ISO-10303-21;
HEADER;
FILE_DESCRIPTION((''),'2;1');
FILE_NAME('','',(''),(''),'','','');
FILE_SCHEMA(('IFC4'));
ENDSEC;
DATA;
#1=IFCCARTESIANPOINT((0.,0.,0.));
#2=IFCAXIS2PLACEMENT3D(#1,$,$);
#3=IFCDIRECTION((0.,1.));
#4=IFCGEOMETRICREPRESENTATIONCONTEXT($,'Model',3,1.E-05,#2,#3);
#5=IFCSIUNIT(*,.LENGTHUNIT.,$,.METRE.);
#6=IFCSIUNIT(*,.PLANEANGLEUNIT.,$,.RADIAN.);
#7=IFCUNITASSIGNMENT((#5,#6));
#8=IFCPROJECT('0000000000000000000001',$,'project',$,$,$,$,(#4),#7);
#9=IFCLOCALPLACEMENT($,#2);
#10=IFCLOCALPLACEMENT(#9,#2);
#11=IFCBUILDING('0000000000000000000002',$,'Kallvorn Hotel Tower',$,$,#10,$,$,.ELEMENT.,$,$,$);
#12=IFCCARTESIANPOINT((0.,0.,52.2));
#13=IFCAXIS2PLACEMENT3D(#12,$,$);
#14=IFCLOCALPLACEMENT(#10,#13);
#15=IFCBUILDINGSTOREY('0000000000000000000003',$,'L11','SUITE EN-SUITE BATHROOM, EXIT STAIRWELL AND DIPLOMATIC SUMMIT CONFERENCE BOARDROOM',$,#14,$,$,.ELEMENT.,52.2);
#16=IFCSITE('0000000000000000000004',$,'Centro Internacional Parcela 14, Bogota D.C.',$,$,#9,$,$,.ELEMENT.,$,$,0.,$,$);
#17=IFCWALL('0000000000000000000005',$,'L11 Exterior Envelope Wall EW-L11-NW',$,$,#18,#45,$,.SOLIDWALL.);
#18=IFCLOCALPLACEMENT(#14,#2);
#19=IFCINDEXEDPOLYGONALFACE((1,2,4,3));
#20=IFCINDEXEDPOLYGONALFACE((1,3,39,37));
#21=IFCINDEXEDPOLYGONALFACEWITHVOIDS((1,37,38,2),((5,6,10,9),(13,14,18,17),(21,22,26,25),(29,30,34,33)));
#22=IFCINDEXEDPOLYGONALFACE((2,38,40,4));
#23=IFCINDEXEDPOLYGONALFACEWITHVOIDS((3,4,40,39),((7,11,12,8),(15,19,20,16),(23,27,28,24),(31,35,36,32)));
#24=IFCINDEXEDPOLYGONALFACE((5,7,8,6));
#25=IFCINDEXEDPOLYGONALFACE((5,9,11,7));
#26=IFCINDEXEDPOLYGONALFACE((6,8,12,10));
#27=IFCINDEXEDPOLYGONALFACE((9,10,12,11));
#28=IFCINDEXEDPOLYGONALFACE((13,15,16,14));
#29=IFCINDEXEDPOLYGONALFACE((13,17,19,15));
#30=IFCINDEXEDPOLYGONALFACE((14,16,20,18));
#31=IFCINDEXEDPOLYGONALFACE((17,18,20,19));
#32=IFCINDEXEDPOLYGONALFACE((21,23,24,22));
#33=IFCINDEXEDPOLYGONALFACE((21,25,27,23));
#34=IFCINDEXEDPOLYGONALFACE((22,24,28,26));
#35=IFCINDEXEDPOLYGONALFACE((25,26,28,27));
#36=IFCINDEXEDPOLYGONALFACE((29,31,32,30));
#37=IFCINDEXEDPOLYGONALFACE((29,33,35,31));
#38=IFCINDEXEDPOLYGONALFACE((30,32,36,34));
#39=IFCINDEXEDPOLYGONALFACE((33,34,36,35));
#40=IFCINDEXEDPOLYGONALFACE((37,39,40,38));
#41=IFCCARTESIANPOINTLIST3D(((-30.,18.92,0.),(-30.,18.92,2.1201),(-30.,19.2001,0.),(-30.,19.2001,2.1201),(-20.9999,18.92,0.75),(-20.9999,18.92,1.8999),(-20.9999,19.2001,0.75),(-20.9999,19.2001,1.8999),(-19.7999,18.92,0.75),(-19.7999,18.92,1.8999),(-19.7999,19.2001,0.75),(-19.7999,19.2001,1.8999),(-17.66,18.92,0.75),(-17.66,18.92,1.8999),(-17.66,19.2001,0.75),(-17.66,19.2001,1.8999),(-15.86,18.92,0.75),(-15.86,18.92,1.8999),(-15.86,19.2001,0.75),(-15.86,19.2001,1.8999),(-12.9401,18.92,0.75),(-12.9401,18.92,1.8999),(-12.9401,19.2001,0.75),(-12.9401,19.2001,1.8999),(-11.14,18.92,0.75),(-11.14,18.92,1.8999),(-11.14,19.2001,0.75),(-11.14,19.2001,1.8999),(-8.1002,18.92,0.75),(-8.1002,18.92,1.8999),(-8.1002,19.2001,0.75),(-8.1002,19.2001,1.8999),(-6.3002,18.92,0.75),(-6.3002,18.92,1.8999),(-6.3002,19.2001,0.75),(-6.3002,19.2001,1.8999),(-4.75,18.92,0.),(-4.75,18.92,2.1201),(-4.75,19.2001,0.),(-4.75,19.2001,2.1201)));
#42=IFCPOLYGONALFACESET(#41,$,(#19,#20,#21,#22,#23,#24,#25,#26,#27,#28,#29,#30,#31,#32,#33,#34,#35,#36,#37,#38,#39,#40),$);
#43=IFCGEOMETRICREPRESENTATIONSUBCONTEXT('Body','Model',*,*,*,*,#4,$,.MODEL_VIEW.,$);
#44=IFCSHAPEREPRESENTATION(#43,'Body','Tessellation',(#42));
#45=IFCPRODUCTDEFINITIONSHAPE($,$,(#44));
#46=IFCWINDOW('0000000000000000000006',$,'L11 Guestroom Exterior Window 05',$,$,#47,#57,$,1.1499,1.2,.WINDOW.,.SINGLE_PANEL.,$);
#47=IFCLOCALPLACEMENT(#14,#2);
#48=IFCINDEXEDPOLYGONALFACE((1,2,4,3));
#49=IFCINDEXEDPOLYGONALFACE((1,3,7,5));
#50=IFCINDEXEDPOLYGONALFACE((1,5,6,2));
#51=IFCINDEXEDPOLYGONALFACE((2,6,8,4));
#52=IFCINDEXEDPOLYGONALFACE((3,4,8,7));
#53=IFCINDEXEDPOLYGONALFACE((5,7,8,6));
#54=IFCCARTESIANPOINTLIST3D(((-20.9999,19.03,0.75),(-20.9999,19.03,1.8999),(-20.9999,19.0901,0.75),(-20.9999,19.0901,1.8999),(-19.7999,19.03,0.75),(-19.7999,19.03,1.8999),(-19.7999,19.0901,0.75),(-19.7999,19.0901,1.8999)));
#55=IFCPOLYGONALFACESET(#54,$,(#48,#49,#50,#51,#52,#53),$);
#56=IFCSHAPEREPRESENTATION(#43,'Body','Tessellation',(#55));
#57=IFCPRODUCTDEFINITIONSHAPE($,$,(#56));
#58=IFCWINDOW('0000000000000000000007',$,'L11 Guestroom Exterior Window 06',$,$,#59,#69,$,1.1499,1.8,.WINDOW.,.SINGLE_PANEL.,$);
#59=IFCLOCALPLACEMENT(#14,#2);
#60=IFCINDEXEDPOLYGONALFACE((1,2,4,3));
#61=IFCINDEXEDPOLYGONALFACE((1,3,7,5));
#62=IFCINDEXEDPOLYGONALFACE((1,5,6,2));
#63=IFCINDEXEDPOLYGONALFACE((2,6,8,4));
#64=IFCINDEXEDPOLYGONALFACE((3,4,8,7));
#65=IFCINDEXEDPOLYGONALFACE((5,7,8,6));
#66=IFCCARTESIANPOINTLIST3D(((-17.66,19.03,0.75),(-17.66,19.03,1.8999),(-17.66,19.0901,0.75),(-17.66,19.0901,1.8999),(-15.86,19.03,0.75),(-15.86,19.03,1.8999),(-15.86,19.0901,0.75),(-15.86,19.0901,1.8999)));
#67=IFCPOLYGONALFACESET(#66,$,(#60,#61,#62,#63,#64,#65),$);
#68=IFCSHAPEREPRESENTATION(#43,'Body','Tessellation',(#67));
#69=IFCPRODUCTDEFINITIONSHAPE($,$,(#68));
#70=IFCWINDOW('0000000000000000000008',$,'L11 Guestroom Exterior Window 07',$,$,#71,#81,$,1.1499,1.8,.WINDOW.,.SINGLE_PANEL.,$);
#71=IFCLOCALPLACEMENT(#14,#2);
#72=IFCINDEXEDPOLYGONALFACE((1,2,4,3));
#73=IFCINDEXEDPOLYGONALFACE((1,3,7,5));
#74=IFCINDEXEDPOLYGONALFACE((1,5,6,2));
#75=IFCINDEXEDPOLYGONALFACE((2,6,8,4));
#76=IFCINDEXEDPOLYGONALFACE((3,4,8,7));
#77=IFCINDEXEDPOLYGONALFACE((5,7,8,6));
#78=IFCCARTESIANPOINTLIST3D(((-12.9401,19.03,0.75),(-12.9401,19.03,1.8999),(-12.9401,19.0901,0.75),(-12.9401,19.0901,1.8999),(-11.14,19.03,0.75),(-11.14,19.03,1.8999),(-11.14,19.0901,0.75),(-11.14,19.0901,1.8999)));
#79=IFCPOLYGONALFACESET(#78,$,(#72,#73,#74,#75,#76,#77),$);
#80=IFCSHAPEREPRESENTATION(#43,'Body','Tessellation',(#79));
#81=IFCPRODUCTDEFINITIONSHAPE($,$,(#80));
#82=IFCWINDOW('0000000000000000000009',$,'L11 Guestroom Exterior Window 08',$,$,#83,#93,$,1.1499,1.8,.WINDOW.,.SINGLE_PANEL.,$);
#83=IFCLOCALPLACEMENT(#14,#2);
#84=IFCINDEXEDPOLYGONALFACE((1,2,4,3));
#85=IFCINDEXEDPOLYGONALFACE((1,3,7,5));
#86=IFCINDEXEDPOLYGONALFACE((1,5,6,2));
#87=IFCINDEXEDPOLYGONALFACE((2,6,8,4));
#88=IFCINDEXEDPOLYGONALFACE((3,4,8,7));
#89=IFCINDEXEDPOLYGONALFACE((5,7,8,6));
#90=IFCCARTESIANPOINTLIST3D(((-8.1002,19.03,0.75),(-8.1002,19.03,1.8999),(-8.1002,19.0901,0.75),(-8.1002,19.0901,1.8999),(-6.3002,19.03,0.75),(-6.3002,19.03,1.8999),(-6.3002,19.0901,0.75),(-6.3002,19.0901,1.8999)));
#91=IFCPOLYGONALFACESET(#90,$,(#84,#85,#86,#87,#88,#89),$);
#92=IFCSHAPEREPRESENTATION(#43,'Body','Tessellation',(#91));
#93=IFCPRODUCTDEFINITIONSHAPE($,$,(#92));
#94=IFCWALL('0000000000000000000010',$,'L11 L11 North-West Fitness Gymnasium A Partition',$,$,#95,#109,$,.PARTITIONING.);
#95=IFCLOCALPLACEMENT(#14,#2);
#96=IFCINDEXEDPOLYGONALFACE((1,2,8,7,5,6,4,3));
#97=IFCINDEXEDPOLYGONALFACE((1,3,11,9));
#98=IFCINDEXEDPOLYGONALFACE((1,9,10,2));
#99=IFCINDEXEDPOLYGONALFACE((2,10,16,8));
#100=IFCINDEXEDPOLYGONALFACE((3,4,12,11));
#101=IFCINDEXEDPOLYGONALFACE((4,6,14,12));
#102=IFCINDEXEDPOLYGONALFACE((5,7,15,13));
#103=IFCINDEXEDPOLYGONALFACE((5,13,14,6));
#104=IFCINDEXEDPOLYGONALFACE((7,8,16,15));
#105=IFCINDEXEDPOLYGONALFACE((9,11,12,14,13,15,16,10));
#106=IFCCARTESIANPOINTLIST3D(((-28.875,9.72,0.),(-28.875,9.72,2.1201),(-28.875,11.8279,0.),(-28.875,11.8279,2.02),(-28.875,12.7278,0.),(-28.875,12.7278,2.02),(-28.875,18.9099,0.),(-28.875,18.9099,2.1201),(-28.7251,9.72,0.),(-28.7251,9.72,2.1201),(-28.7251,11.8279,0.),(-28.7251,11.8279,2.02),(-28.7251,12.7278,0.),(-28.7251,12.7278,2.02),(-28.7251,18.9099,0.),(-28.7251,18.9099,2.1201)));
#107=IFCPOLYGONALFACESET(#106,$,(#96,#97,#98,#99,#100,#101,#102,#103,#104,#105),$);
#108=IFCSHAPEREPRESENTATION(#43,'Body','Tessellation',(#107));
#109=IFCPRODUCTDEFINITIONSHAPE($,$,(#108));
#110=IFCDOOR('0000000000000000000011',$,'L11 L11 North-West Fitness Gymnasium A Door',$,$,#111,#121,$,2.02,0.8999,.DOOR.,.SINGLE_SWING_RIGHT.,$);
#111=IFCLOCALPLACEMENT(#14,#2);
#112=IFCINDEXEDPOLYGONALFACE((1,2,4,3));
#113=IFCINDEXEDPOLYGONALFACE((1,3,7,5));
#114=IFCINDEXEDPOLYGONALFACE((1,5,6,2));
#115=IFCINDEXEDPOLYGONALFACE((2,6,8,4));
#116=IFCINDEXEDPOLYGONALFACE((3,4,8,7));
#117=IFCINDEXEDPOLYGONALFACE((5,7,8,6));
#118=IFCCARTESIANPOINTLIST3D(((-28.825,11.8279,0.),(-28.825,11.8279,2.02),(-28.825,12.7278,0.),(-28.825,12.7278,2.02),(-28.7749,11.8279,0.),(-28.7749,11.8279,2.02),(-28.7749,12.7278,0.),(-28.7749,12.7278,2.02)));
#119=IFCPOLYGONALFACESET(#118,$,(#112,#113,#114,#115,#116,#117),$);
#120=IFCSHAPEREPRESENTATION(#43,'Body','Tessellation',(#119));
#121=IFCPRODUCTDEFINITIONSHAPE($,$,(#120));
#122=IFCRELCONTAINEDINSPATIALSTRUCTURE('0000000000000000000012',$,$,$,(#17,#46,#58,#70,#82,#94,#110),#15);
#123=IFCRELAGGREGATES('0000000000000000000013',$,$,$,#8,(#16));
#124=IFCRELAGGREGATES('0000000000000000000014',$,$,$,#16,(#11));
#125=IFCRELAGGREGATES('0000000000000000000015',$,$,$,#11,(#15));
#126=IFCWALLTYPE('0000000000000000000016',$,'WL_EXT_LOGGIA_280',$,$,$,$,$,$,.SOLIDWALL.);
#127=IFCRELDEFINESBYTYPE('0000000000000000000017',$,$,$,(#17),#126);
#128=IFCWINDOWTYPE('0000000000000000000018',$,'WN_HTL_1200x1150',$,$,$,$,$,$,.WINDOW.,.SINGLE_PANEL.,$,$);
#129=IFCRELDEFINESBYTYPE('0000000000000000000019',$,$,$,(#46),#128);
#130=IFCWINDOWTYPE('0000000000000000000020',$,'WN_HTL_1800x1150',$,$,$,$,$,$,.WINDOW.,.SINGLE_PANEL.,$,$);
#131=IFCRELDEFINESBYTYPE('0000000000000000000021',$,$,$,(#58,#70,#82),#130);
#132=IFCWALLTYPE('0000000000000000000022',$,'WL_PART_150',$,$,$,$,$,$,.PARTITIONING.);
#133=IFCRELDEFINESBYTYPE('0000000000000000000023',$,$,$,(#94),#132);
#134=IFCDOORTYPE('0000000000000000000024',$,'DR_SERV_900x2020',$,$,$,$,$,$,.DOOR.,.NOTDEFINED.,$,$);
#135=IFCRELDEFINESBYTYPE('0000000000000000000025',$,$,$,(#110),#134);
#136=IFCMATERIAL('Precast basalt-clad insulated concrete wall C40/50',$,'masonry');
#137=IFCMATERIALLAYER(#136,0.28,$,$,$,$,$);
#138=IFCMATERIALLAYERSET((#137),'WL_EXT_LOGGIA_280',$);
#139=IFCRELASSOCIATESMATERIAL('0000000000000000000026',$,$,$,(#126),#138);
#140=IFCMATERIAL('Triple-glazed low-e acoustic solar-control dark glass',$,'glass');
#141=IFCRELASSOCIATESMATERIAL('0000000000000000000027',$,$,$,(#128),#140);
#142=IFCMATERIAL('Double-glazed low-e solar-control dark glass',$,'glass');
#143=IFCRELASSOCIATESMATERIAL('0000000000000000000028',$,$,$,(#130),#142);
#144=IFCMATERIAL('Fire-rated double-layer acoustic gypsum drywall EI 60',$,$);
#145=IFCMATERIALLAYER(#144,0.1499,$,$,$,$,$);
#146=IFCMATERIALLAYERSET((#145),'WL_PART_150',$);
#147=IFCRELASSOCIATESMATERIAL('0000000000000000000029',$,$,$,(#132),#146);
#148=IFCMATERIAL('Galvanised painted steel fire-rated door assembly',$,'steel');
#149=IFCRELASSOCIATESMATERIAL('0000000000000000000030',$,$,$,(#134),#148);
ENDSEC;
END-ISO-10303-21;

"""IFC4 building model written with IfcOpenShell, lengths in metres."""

from ifc_helpers import new_model, si_unit, direction, frame, frame_2d, origin, place, context, subcontext, project, spatial, rectangle, extrude, material, layer, layer_set, type_object, element, fill, save


model = new_model("IFC4")

# Units and contexts
model_context = context("Model", 3, precision=1e-05, world=origin(), true_north=direction((0.0, 1.0)))
body_context = subcontext(model_context, "Body", "Model", "MODEL_VIEW")
ifc_project = project(units=[si_unit("LENGTHUNIT", "METRE"), si_unit("PLANEANGLEUNIT", "RADIAN")], contexts=[model_context])

# Site, building, storey
site_placement = place(None, origin())
site = spatial("IfcSite", under=ifc_project, at=site_placement, Name="Centro Internacional Parcela 14, Bogota D.C.", CompositionType="ELEMENT", RefElevation=0.0)
building_placement = place(site_placement, origin())
building = spatial("IfcBuilding", under=site, at=building_placement, Name="Kallvorn Hotel Tower", CompositionType="ELEMENT")
storey_placement = place(building_placement, frame((0.0, 0.0, 52.2)))
storey = spatial("IfcBuildingStorey", under=building, at=storey_placement, Name="L11", Description="SUITE EN-SUITE BATHROOM, EXIT STAIRWELL AND DIPLOMATIC SUMMIT CONFERENCE BOARDROOM", CompositionType="ELEMENT", Elevation=52.2)

# Shared definitions
ifc_material_1 = material(Name="Precast basalt-clad insulated concrete wall C40/50", Category="masonry")
ifc_layer_1 = layer(ifc_material_1, 0.28)
ifc_layer_set_1 = layer_set([ifc_layer_1], Name="WL_EXT_LOGGIA_280")
wall_type_1 = type_object("IfcWallType", Name="WL_EXT_LOGGIA_280", PredefinedType="SOLIDWALL", material=ifc_layer_set_1)

# Wall, openings, windows
wall_1_placement = place(storey_placement, frame((-30.0, 19.0601, 0.0), z_axis=(0.0, 0.0, 1.0), x_axis=(1.0, 0.0, 0.0)))
wall_1 = element("IfcWall", 1, at=wall_1_placement, inside=storey, type_object=wall_type_1, Name="L11 Exterior Envelope Wall EW-L11-NW", PredefinedType="SOLIDWALL", context=body_context, shape_type="SweptSolid", body=[
    extrude(rectangle(XDim=25.25, YDim=0.28, at=frame_2d((12.625, 0.0))), origin(), (0.0, 0.0, 1.0), 2.1201),
])
opening_1_placement = place(wall_1_placement, frame((9.0, 0.0, 0.75)))
opening_1 = element("IfcOpeningElement", 2, at=opening_1_placement, cuts=wall_1, PredefinedType="OPENING", context=body_context, shape_type="SweptSolid", body=[
    extrude(rectangle(XDim=1.2, YDim=1.1499, at=frame_2d((0.6001, 0.575))), frame((0.0, 0.155, 0.0), z_axis=(0.0, -1.0, 0.0), x_axis=(1.0, 0.0, 0.0)), (0.0, 0.0, 1.0), 0.3101),
])
opening_2_placement = place(wall_1_placement, frame((12.3401, 0.0, 0.75)))
opening_2 = element("IfcOpeningElement", 3, at=opening_2_placement, cuts=wall_1, PredefinedType="OPENING", context=body_context, shape_type="SweptSolid", body=[
    extrude(rectangle(XDim=1.8, YDim=1.1499, at=frame_2d((0.8999, 0.575))), frame((0.0, 0.155, 0.0), z_axis=(0.0, -1.0, 0.0), x_axis=(1.0, 0.0, 0.0)), (0.0, 0.0, 1.0), 0.3101),
])
opening_3_placement = place(wall_1_placement, frame((17.0601, 0.0, 0.75)))
opening_3 = element("IfcOpeningElement", 4, at=opening_3_placement, cuts=wall_1, PredefinedType="OPENING", context=body_context, shape_type="SweptSolid", body=[
    extrude(rectangle(XDim=1.8, YDim=1.1499, at=frame_2d((0.8999, 0.575))), frame((0.0, 0.155, 0.0), z_axis=(0.0, -1.0, 0.0), x_axis=(1.0, 0.0, 0.0)), (0.0, 0.0, 1.0), 0.3101),
])
opening_4_placement = place(wall_1_placement, frame((21.8999, 0.0, 0.75)))
opening_4 = element("IfcOpeningElement", 5, at=opening_4_placement, cuts=wall_1, PredefinedType="OPENING", context=body_context, shape_type="SweptSolid", body=[
    extrude(rectangle(XDim=1.8, YDim=1.1499, at=frame_2d((0.8999, 0.575))), frame((0.0, 0.155, 0.0), z_axis=(0.0, -1.0, 0.0), x_axis=(1.0, 0.0, 0.0)), (0.0, 0.0, 1.0), 0.3101),
])
ifc_material_2 = material(Name="Triple-glazed low-e acoustic solar-control dark glass", Category="glass")
window_type_1 = type_object("IfcWindowType", Name="WN_HTL_1200x1150", PartitioningType="SINGLE_PANEL", PredefinedType="WINDOW", material=ifc_material_2)
window_1_placement = place(opening_1_placement, origin())
window_1 = element("IfcWindow", 6, at=window_1_placement, inside=storey, type_object=window_type_1, Name="L11 Guestroom Exterior Window 05", OverallHeight=1.1499, OverallWidth=1.2, PartitioningType="SINGLE_PANEL", PredefinedType="WINDOW", context=body_context, shape_type="SweptSolid", body=[
    extrude(rectangle(XDim=1.2, YDim=1.1499, at=frame_2d((0.6001, 0.575))), frame((0.0, 0.03, 0.0), z_axis=(0.0, -1.0, 0.0), x_axis=(1.0, 0.0, 0.0)), (0.0, 0.0, 1.0), 0.0601),
])
fill(opening_1, window_1)
ifc_material_3 = material(Name="Double-glazed low-e solar-control dark glass", Category="glass")
window_type_2 = type_object("IfcWindowType", Name="WN_HTL_1800x1150", PartitioningType="SINGLE_PANEL", PredefinedType="WINDOW", material=ifc_material_3)
window_2_placement = place(opening_2_placement, origin())
window_2 = element("IfcWindow", 7, at=window_2_placement, inside=storey, type_object=window_type_2, Name="L11 Guestroom Exterior Window 06", OverallHeight=1.1499, OverallWidth=1.8, PartitioningType="SINGLE_PANEL", PredefinedType="WINDOW", context=body_context, shape_type="SweptSolid", body=[
    extrude(rectangle(XDim=1.8, YDim=1.1499, at=frame_2d((0.8999, 0.575))), frame((0.0, 0.03, 0.0), z_axis=(0.0, -1.0, 0.0), x_axis=(1.0, 0.0, 0.0)), (0.0, 0.0, 1.0), 0.0601),
])
fill(opening_2, window_2)
window_3_placement = place(opening_3_placement, origin())
window_3 = element("IfcWindow", 8, at=window_3_placement, inside=storey, type_object=window_type_2, Name="L11 Guestroom Exterior Window 07", OverallHeight=1.1499, OverallWidth=1.8, PartitioningType="SINGLE_PANEL", PredefinedType="WINDOW", context=body_context, shape_type="SweptSolid", body=[
    extrude(rectangle(XDim=1.8, YDim=1.1499, at=frame_2d((0.8999, 0.575))), frame((0.0, 0.03, 0.0), z_axis=(0.0, -1.0, 0.0), x_axis=(1.0, 0.0, 0.0)), (0.0, 0.0, 1.0), 0.0601),
])
fill(opening_3, window_3)
window_4_placement = place(opening_4_placement, origin())
window_4 = element("IfcWindow", 9, at=window_4_placement, inside=storey, type_object=window_type_2, Name="L11 Guestroom Exterior Window 08", OverallHeight=1.1499, OverallWidth=1.8, PartitioningType="SINGLE_PANEL", PredefinedType="WINDOW", context=body_context, shape_type="SweptSolid", body=[
    extrude(rectangle(XDim=1.8, YDim=1.1499, at=frame_2d((0.8999, 0.575))), frame((0.0, 0.03, 0.0), z_axis=(0.0, -1.0, 0.0), x_axis=(1.0, 0.0, 0.0)), (0.0, 0.0, 1.0), 0.0601),
])
fill(opening_4, window_4)

# Wall, opening, door
ifc_material_4 = material(Name="Fire-rated double-layer acoustic gypsum drywall EI 60")
ifc_layer_2 = layer(ifc_material_4, 0.1499)
ifc_layer_set_2 = layer_set([ifc_layer_2], Name="WL_PART_150")
wall_type_2 = type_object("IfcWallType", Name="WL_PART_150", PredefinedType="PARTITIONING", material=ifc_layer_set_2)
wall_2_placement = place(storey_placement, frame((-28.8, 9.72, 0.0), z_axis=(0.0, 0.0, 1.0), x_axis=(0.0, 1.0, 0.0)))
wall_2 = element("IfcWall", 10, at=wall_2_placement, inside=storey, type_object=wall_type_2, Name="L11 L11 North-West Fitness Gymnasium A Partition", PredefinedType="PARTITIONING", context=body_context, shape_type="SweptSolid", body=[
    extrude(rectangle(XDim=9.1899, YDim=0.1499, at=frame_2d((4.595, 0.0))), origin(), (0.0, 0.0, 1.0), 2.1201),
])
opening_5_placement = place(wall_2_placement, frame((2.1079, 0.0, 0.0)))
opening_5 = element("IfcOpeningElement", 11, at=opening_5_placement, cuts=wall_2, PredefinedType="OPENING", context=body_context, shape_type="SweptSolid", body=[
    extrude(rectangle(XDim=0.8999, YDim=2.02, at=frame_2d((0.45, 1.01))), frame((0.0, 0.0898, 0.0), z_axis=(0.0, -1.0, 0.0), x_axis=(1.0, 0.0, 0.0)), (0.0, 0.0, 1.0), 0.1799),
])
ifc_material_5 = material(Name="Galvanised painted steel fire-rated door assembly", Category="steel")
door_type = type_object("IfcDoorType", Name="DR_SERV_900x2020", OperationType="NOTDEFINED", PredefinedType="DOOR", material=ifc_material_5)
door_placement = place(opening_5_placement, origin())
door = element("IfcDoor", 12, at=door_placement, inside=storey, type_object=door_type, Name="L11 L11 North-West Fitness Gymnasium A Door", OperationType="SINGLE_SWING_RIGHT", OverallHeight=2.02, OverallWidth=0.8999, PredefinedType="DOOR", context=body_context, shape_type="SweptSolid", body=[
    extrude(rectangle(XDim=0.8999, YDim=2.02, at=frame_2d((0.45, 1.01))), frame((0.0, 0.0249, 0.0), z_axis=(0.0, -1.0, 0.0), x_axis=(1.0, 0.0, 0.0)), (0.0, 0.0, 1.0), 0.05),
])
fill(opening_5, door)

save(model, "model.ifc")
